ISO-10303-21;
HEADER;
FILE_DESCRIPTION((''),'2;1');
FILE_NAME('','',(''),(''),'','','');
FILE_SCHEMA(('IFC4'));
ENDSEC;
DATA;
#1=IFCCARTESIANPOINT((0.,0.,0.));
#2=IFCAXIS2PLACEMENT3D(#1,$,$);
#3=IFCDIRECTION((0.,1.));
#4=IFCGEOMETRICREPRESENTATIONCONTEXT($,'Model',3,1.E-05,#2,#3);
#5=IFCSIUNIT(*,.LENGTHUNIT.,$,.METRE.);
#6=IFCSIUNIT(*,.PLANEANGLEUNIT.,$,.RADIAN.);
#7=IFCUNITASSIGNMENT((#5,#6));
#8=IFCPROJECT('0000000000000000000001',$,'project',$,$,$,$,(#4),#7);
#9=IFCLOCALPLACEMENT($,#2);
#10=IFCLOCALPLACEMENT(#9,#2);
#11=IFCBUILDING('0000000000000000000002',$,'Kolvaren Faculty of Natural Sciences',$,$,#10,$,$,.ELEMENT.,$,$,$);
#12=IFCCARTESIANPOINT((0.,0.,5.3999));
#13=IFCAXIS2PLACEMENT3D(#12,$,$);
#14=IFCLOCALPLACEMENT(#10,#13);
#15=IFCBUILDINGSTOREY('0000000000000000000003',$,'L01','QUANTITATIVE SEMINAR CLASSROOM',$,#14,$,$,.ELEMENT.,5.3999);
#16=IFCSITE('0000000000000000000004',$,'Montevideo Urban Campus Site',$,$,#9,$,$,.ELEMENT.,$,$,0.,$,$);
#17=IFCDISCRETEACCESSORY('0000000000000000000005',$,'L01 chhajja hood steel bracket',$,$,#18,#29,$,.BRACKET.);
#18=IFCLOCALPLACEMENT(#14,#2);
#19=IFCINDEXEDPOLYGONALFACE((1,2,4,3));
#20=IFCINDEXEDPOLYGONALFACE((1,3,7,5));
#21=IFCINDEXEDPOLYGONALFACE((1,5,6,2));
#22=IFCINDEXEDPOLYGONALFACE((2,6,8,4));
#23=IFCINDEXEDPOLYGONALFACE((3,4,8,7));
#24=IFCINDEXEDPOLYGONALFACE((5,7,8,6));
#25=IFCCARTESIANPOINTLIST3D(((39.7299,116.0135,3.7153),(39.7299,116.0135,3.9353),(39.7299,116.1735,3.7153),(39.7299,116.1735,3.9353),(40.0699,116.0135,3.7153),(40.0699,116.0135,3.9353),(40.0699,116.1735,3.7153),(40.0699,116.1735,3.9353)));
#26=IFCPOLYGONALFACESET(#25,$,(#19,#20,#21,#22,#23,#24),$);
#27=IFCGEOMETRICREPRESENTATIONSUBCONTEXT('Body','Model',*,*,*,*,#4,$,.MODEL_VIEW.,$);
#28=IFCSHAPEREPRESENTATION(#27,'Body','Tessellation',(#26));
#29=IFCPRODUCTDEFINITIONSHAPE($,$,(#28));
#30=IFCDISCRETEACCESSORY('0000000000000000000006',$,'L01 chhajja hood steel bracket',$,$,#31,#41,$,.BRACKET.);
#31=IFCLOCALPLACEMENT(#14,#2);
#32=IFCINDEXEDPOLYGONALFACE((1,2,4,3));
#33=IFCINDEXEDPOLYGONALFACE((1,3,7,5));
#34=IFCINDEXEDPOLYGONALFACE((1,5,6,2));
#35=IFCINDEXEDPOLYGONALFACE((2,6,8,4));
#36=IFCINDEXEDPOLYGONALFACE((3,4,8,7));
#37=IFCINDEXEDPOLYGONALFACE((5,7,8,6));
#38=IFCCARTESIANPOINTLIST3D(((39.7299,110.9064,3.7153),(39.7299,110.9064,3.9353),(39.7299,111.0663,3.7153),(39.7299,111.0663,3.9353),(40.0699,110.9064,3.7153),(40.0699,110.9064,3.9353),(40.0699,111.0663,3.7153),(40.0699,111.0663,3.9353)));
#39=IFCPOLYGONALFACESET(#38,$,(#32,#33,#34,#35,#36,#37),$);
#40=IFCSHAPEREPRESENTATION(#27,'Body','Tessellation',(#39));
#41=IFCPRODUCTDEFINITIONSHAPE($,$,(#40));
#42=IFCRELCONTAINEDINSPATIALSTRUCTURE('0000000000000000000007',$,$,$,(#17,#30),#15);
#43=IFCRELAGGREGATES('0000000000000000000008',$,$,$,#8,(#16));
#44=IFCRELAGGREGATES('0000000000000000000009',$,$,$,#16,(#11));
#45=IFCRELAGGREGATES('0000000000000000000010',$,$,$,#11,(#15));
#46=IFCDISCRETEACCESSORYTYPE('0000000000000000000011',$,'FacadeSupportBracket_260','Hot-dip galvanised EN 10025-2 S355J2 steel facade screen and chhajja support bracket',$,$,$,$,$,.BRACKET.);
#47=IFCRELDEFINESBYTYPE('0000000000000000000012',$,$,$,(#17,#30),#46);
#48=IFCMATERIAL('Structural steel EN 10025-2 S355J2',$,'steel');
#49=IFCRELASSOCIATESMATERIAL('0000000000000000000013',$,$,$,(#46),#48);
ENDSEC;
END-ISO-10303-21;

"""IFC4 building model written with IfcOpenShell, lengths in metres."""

from ifc_helpers import new_model, si_unit, direction, frame, origin, origin_2d, place, context, subcontext, project, spatial, rectangle, extrude, material, type_object, element, save


model = new_model("IFC4")

# Units and contexts
model_context = context("Model", 3, precision=1e-05, world=origin(), true_north=direction((0.0, 1.0)))
body_context = subcontext(model_context, "Body", "Model", "MODEL_VIEW")
ifc_project = project(units=[si_unit("LENGTHUNIT", "METRE"), si_unit("PLANEANGLEUNIT", "RADIAN")], contexts=[model_context])

# Site, building, storey
site_placement = place(None, origin())
site = spatial("IfcSite", under=ifc_project, at=site_placement, Name="Montevideo Urban Campus Site", CompositionType="ELEMENT", RefElevation=0.0)
building_placement = place(site_placement, origin())
building = spatial("IfcBuilding", under=site, at=building_placement, Name="Kolvaren Faculty of Natural Sciences", CompositionType="ELEMENT")
storey_placement = place(building_placement, frame((0.0, 0.0, 5.3999)))
storey = spatial("IfcBuildingStorey", under=building, at=storey_placement, Name="L01", Description="QUANTITATIVE SEMINAR CLASSROOM", CompositionType="ELEMENT", Elevation=5.3999)

# Discrete accessories
ifc_material_1 = material(Name="Structural steel EN 10025-2 S355J2", Category="steel")
discrete_accessory_type = type_object("IfcDiscreteAccessoryType", Name="FacadeSupportBracket_260", Description="Hot-dip galvanised EN 10025-2 S355J2 steel facade screen and chhajja support bracket", PredefinedType="BRACKET", material=ifc_material_1)
for number, where, z_axis, x_axis, name in (
    (1, (39.8999, 116.0935, 3.7153), (0.0, 0.0, 1.0), (0.0, -1.0, 0.0), "L01 chhajja hood steel bracket"),
    (2, (39.8999, 110.9863, 3.7153), (0.0, 0.0, 1.0), (0.0, -1.0, 0.0), "L01 chhajja hood steel bracket"),
):
    element("IfcDiscreteAccessory", number, at=place(storey_placement, frame(where, z_axis=z_axis, x_axis=x_axis)), inside=storey, type_object=discrete_accessory_type, Name=name, PredefinedType="BRACKET", context=body_context, shape_type="SweptSolid", body=[
        extrude(rectangle(XDim=0.1599, YDim=0.3401, at=origin_2d()), origin(), (0.0, 0.0, 1.0), 0.22),
    ])

save(model, "model.ifc")
